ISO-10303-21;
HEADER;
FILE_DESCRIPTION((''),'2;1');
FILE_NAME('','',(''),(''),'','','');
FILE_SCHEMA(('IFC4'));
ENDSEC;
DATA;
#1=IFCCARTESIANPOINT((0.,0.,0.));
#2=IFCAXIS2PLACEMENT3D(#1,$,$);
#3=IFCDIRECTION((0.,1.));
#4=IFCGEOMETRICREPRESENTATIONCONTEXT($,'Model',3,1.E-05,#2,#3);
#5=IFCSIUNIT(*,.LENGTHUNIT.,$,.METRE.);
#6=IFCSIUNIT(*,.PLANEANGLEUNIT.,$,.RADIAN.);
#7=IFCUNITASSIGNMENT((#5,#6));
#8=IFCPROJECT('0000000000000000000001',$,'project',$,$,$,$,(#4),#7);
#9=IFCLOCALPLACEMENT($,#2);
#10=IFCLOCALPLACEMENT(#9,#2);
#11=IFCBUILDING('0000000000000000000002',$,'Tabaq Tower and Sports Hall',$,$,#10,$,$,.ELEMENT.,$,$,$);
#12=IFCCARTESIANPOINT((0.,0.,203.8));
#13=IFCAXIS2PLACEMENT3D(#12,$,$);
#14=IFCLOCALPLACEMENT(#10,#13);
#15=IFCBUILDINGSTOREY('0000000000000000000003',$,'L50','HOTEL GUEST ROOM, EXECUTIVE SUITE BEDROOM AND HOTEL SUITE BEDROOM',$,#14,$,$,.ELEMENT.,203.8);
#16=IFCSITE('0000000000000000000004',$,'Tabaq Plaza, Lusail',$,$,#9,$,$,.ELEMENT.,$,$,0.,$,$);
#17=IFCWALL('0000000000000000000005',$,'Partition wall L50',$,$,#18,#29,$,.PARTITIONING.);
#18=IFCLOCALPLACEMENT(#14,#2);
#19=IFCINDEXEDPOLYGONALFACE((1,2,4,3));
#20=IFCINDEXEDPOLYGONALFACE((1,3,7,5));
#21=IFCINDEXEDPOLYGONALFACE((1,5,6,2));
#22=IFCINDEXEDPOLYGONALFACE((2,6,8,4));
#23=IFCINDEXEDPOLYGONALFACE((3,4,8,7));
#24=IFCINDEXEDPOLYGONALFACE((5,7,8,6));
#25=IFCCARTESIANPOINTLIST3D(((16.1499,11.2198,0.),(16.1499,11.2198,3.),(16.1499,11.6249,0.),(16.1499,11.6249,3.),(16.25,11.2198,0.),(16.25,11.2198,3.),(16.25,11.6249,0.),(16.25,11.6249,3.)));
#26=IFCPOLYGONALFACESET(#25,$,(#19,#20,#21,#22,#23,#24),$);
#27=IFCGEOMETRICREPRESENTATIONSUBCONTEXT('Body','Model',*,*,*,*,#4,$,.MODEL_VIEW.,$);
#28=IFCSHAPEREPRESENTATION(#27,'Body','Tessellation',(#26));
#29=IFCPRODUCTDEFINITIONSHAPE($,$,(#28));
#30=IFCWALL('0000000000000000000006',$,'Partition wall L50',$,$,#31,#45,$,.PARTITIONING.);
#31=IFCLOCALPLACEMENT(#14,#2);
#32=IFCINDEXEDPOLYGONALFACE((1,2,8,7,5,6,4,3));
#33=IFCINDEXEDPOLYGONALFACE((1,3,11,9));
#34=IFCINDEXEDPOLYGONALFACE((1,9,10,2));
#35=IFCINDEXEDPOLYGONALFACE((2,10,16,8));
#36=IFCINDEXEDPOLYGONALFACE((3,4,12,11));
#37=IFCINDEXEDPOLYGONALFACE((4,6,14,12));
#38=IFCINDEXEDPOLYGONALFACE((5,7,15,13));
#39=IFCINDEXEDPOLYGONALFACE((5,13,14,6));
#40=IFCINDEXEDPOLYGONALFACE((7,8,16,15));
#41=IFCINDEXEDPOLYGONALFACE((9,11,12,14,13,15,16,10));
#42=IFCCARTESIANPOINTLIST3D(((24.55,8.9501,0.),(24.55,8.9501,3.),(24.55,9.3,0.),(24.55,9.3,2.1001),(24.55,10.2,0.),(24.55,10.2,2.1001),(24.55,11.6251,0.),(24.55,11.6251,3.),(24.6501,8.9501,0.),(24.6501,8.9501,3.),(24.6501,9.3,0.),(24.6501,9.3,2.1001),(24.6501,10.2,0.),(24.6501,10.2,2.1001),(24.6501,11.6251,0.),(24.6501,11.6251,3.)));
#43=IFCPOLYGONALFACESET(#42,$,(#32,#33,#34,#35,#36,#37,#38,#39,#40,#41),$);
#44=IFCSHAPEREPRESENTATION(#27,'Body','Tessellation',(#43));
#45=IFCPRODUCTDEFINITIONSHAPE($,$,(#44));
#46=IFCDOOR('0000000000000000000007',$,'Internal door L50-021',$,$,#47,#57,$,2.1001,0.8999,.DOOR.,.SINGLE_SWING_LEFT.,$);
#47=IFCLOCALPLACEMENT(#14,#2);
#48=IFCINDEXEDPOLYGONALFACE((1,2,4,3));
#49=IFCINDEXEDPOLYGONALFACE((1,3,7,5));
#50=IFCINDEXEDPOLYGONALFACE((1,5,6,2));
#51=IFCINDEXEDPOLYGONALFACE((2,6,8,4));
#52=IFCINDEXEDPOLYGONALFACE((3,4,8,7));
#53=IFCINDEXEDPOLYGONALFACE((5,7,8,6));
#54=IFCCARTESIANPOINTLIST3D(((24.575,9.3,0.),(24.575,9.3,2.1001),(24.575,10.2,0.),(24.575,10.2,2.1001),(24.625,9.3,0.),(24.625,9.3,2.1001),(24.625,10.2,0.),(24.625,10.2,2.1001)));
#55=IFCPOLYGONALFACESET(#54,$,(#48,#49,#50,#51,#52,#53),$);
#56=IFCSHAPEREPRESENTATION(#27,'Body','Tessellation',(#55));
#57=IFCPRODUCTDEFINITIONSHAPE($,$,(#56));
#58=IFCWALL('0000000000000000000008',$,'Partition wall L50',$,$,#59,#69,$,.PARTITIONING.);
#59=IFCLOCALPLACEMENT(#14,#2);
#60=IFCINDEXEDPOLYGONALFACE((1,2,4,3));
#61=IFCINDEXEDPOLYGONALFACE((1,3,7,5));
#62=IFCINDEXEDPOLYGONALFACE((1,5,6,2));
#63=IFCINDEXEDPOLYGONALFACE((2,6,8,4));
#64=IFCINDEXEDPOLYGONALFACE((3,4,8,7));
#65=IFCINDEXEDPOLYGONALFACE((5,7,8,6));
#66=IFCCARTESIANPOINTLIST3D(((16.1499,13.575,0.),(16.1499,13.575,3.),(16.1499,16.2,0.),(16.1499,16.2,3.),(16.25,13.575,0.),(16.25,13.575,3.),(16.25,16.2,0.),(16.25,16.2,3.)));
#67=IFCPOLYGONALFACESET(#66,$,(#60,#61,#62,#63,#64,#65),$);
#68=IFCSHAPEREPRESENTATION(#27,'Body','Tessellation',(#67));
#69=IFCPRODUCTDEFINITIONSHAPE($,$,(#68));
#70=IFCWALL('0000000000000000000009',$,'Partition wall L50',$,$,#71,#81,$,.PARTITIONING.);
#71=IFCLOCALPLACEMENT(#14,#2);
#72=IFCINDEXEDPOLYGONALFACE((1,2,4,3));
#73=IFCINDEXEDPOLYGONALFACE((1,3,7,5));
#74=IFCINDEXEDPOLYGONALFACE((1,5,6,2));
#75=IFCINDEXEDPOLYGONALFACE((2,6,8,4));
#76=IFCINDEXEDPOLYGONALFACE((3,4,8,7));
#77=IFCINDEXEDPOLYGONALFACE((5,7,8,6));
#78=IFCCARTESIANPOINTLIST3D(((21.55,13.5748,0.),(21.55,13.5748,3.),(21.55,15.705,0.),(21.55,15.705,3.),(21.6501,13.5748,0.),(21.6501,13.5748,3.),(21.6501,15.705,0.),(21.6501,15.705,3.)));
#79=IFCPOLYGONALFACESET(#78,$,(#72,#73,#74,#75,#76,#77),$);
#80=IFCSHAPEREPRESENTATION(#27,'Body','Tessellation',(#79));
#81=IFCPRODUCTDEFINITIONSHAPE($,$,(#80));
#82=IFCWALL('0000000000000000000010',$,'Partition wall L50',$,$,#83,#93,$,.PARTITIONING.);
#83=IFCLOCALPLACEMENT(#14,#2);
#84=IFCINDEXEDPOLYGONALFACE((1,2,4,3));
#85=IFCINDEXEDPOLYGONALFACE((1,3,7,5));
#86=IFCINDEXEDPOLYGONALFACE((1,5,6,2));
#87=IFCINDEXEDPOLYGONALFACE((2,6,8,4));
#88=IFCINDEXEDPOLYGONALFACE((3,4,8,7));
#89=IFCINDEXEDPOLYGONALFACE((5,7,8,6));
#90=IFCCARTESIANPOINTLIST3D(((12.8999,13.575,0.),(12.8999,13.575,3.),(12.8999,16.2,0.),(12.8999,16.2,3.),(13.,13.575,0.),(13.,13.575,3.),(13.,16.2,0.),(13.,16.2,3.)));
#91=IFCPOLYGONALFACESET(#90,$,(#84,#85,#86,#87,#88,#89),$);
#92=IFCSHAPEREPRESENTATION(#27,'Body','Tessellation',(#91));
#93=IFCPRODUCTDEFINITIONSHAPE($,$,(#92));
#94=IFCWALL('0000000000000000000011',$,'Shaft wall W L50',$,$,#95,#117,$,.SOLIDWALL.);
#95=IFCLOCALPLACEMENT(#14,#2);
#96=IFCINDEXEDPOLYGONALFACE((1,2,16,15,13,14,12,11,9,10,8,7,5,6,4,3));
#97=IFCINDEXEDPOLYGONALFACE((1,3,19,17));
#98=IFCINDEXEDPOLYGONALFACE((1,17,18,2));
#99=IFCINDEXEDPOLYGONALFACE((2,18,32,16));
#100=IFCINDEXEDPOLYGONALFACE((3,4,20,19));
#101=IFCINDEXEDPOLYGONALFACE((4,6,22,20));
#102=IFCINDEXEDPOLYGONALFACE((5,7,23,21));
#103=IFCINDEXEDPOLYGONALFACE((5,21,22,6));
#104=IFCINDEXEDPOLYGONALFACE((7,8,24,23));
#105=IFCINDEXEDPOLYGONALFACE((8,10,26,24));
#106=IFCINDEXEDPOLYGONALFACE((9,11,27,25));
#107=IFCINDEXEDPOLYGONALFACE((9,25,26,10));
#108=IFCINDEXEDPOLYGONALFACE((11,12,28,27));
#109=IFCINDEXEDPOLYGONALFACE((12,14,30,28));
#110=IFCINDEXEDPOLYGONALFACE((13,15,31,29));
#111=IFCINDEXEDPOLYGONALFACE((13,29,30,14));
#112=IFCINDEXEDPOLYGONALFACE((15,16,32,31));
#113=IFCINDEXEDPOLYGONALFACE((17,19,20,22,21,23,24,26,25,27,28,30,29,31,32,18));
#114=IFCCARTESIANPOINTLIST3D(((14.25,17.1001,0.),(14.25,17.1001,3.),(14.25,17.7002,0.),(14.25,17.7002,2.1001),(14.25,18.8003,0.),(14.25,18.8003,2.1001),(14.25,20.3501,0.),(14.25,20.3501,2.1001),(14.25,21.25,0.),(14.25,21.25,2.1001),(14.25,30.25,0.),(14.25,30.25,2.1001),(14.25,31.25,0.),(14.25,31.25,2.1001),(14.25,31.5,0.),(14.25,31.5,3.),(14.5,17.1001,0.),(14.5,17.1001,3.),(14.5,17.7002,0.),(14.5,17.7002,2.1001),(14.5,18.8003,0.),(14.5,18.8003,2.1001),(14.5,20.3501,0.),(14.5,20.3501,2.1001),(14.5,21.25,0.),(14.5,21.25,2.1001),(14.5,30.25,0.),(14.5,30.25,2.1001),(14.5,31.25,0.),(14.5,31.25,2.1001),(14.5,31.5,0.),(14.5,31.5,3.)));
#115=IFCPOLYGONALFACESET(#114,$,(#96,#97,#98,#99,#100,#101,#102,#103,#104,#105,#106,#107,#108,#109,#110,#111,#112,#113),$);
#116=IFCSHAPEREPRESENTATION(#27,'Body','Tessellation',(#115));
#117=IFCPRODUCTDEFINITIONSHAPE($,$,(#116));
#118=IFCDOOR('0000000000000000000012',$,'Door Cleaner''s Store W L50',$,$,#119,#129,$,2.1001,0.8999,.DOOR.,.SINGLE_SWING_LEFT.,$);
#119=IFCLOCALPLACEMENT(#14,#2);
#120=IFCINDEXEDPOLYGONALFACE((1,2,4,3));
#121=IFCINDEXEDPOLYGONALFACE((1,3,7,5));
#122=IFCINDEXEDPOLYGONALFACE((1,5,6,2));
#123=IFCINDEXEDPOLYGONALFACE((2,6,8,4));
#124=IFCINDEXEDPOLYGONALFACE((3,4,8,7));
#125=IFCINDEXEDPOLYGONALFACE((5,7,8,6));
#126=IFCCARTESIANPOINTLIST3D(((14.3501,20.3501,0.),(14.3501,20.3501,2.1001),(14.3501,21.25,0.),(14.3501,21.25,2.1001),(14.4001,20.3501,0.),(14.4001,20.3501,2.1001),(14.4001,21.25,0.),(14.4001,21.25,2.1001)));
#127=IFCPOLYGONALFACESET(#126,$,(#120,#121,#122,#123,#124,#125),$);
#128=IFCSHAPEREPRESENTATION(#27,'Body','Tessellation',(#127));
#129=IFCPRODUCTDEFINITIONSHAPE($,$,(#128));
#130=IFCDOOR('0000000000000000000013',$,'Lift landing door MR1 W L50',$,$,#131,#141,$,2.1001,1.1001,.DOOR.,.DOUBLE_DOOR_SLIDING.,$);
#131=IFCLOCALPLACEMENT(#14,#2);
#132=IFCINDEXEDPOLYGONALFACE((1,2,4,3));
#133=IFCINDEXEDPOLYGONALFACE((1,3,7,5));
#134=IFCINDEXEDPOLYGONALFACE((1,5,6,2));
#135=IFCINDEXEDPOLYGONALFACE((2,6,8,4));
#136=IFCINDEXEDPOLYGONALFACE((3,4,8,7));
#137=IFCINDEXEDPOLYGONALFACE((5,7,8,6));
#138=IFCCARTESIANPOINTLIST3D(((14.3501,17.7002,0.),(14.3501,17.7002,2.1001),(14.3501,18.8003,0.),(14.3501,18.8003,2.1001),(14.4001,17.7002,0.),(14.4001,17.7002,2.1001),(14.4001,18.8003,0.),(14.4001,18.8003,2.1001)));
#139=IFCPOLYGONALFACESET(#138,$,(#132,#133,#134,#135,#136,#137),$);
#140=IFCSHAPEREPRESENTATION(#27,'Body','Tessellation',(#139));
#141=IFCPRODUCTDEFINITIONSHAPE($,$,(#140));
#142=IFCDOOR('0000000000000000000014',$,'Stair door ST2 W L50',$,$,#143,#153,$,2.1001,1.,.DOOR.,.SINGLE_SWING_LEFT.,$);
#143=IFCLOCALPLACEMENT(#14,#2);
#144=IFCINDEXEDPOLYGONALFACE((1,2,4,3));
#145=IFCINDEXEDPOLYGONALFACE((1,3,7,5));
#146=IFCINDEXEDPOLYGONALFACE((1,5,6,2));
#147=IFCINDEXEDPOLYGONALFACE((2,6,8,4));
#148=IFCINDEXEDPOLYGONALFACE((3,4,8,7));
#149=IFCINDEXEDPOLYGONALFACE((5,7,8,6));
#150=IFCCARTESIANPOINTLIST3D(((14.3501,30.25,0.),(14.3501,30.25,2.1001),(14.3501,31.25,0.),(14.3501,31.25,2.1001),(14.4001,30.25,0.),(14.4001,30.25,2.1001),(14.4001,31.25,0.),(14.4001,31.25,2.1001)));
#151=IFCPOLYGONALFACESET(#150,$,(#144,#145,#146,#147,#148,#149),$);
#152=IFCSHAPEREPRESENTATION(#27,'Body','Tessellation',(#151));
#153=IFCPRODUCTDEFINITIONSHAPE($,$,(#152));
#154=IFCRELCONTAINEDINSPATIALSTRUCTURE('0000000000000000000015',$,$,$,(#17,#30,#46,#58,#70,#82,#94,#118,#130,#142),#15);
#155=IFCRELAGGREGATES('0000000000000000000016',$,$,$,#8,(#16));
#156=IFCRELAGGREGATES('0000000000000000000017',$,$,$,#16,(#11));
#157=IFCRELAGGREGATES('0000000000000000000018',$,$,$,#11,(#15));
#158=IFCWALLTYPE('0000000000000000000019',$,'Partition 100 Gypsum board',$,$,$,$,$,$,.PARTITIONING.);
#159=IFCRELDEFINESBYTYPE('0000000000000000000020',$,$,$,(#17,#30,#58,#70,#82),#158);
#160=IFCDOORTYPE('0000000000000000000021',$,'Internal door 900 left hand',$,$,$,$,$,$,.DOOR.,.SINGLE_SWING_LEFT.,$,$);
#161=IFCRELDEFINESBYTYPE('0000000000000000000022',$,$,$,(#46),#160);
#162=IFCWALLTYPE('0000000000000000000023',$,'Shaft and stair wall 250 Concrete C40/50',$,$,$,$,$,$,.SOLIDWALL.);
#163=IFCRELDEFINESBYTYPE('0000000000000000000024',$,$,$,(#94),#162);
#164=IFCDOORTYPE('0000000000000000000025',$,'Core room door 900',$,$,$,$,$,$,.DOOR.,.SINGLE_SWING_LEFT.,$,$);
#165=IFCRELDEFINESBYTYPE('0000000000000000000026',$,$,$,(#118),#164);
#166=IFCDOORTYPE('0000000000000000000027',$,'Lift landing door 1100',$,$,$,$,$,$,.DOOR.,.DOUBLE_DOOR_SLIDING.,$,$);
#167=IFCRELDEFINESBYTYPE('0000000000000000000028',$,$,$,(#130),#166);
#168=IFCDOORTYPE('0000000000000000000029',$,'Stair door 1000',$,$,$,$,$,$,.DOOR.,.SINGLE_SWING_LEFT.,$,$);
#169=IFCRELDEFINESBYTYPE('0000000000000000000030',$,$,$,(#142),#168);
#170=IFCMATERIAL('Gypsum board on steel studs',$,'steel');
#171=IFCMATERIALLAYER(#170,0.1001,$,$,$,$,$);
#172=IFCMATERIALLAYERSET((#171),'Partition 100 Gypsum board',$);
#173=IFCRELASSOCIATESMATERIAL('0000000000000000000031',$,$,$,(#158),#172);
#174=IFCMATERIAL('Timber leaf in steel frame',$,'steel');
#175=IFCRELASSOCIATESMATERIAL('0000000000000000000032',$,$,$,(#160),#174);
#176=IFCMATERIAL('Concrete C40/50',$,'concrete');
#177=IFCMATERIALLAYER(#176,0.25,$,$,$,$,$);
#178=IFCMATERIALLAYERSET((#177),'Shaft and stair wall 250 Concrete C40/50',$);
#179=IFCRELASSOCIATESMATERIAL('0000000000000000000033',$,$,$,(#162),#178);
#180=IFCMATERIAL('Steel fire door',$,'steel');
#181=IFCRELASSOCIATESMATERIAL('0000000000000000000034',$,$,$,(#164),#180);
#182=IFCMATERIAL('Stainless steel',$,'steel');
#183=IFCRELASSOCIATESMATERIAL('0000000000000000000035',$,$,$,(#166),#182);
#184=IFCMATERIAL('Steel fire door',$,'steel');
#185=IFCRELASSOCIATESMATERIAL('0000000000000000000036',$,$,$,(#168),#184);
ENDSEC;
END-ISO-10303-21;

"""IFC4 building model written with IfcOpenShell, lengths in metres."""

from ifc_helpers import new_model, si_unit, direction, frame, frame_2d, origin, place, context, subcontext, project, spatial, rectangle, extrude, material, layer, layer_set, type_object, element, fill, save


model = new_model("IFC4")

# Units and contexts
model_context = context("Model", 3, precision=1e-05, world=origin(), true_north=direction((0.0, 1.0)))
body_context = subcontext(model_context, "Body", "Model", "MODEL_VIEW")
ifc_project = project(units=[si_unit("LENGTHUNIT", "METRE"), si_unit("PLANEANGLEUNIT", "RADIAN")], contexts=[model_context])

# Site, building, storey
site_placement = place(None, origin())
site = spatial("IfcSite", under=ifc_project, at=site_placement, Name="Tabaq Plaza, Lusail", CompositionType="ELEMENT", RefElevation=0.0)
building_placement = place(site_placement, origin())
building = spatial("IfcBuilding", under=site, at=building_placement, Name="Tabaq Tower and Sports Hall", CompositionType="ELEMENT")
storey_placement = place(building_placement, frame((0.0, 0.0, 203.8)))
storey = spatial("IfcBuildingStorey", under=building, at=storey_placement, Name="L50", Description="HOTEL GUEST ROOM, EXECUTIVE SUITE BEDROOM AND HOTEL SUITE BEDROOM", CompositionType="ELEMENT", Elevation=203.8)

# Shared definitions
ifc_material_1 = material(Name="Gypsum board on steel studs", Category="steel")
ifc_layer_1 = layer(ifc_material_1, 0.1001)
ifc_layer_set_1 = layer_set([ifc_layer_1], Name="Partition 100 Gypsum board")
wall_type_1 = type_object("IfcWallType", Name="Partition 100 Gypsum board", PredefinedType="PARTITIONING", material=ifc_layer_set_1)

# Wall
wall_1_placement = place(storey_placement, frame((16.2, 11.625, 0.0), z_axis=(0.0, 0.0, 1.0), x_axis=(0.0, -1.0, 0.0)))
element("IfcWall", 1, at=wall_1_placement, inside=storey, type_object=wall_type_1, Name="Partition wall L50", PredefinedType="PARTITIONING", context=body_context, shape_type="SweptSolid", body=[
    extrude(rectangle(XDim=0.405, YDim=0.1001, at=frame_2d((0.2026, 0.0))), origin(), (0.0, 0.0, 1.0), 3.0),
])

# Wall, opening, door
wall_2_placement = place(storey_placement, frame((24.6001, 11.625, 0.0), z_axis=(0.0, 0.0, 1.0), x_axis=(0.0, -1.0, 0.0)))
wall_2 = element("IfcWall", 2, at=wall_2_placement, inside=storey, type_object=wall_type_1, Name="Partition wall L50", PredefinedType="PARTITIONING", context=body_context, shape_type="SweptSolid", body=[
    extrude(rectangle(XDim=2.675, YDim=0.1001, at=frame_2d((1.3374, 0.0))), origin(), (0.0, 0.0, 1.0), 3.0),
])
opening_1_placement = place(wall_2_placement, frame((1.425, 0.0, 0.0)))
opening_1 = element("IfcOpeningElement", 3, at=opening_1_placement, cuts=wall_2, PredefinedType="OPENING", context=body_context, shape_type="SweptSolid", body=[
    extrude(rectangle(XDim=0.8999, YDim=2.1001, at=frame_2d((0.45, 1.05))), frame((0.0, 0.05, 0.0), z_axis=(0.0, -1.0, 0.0), x_axis=(1.0, 0.0, 0.0)), (0.0, 0.0, 1.0), 0.1001),
])
ifc_material_2 = material(Name="Timber leaf in steel frame", Category="steel")
door_type_1 = type_object("IfcDoorType", Name="Internal door 900 left hand", OperationType="SINGLE_SWING_LEFT", PredefinedType="DOOR", material=ifc_material_2)
door_1_placement = place(opening_1_placement, origin())
door_1 = element("IfcDoor", 4, at=door_1_placement, inside=storey, type_object=door_type_1, Name="Internal door L50-021", OperationType="SINGLE_SWING_LEFT", OverallHeight=2.1001, OverallWidth=0.8999, PredefinedType="DOOR", context=body_context, shape_type="SweptSolid", body=[
    extrude(rectangle(XDim=0.8999, YDim=2.1001, at=frame_2d((0.45, 1.05))), frame((0.0, 0.0249, 0.0), z_axis=(0.0, -1.0, 0.0), x_axis=(1.0, 0.0, 0.0)), (0.0, 0.0, 1.0), 0.05),
])
fill(opening_1, door_1)

# Walls
wall_3_placement = place(storey_placement, frame((16.2, 16.2, 0.0), z_axis=(0.0, 0.0, 1.0), x_axis=(0.0, -1.0, 0.0)))
element("IfcWall", 5, at=wall_3_placement, inside=storey, type_object=wall_type_1, Name="Partition wall L50", PredefinedType="PARTITIONING", context=body_context, shape_type="SweptSolid", body=[
    extrude(rectangle(XDim=2.625, YDim=0.1001, at=frame_2d((1.3125, 0.0))), origin(), (0.0, 0.0, 1.0), 3.0),
])
wall_4_placement = place(storey_placement, frame((21.6001, 13.575, 0.0), z_axis=(0.0, 0.0, 1.0), x_axis=(0.0, 1.0, 0.0)))
element("IfcWall", 6, at=wall_4_placement, inside=storey, type_object=wall_type_1, Name="Partition wall L50", PredefinedType="PARTITIONING", context=body_context, shape_type="SweptSolid", body=[
    extrude(rectangle(XDim=2.1301, YDim=0.1001, at=frame_2d((1.0649, 0.0))), origin(), (0.0, 0.0, 1.0), 3.0),
])
wall_5_placement = place(storey_placement, frame((12.95, 13.575, 0.0), z_axis=(0.0, 0.0, 1.0), x_axis=(0.0, 1.0, 0.0)))
element("IfcWall", 7, at=wall_5_placement, inside=storey, type_object=wall_type_1, Name="Partition wall L50", PredefinedType="PARTITIONING", context=body_context, shape_type="SweptSolid", body=[
    extrude(rectangle(XDim=2.625, YDim=0.1001, at=frame_2d((1.3125, 0.0))), origin(), (0.0, 0.0, 1.0), 3.0),
])

# Wall, openings, doors
ifc_material_3 = material(Name="Concrete C40/50", Category="concrete")
ifc_layer_2 = layer(ifc_material_3, 0.25)
ifc_layer_set_2 = layer_set([ifc_layer_2], Name="Shaft and stair wall 250 Concrete C40/50")
wall_type_2 = type_object("IfcWallType", Name="Shaft and stair wall 250 Concrete C40/50", PredefinedType="SOLIDWALL", material=ifc_layer_set_2)
wall_6_placement = place(storey_placement, frame((14.375, 17.1001, 0.0), z_axis=(0.0, 0.0, 1.0), x_axis=(0.0, 1.0, 0.0)))
wall_6 = element("IfcWall", 8, at=wall_6_placement, inside=storey, type_object=wall_type_2, Name="Shaft wall W L50", PredefinedType="SOLIDWALL", context=body_context, shape_type="SweptSolid", body=[
    extrude(rectangle(XDim=14.3999, YDim=0.25, at=frame_2d((7.2, 0.0))), origin(), (0.0, 0.0, 1.0), 3.0),
])
opening_2_placement = place(wall_6_placement, frame((13.1499, 0.0, 0.0)))
opening_2 = element("IfcOpeningElement", 9, at=opening_2_placement, cuts=wall_6, PredefinedType="OPENING", context=body_context, shape_type="SweptSolid", body=[
    extrude(rectangle(XDim=1.0, YDim=2.1001, at=frame_2d((0.5, 1.05))), frame((0.0, 0.125, 0.0), z_axis=(0.0, -1.0, 0.0), x_axis=(1.0, 0.0, 0.0)), (0.0, 0.0, 1.0), 0.25),
])
opening_3_placement = place(wall_6_placement, frame((0.6001, 0.0, 0.0)))
opening_3 = element("IfcOpeningElement", 10, at=opening_3_placement, cuts=wall_6, PredefinedType="OPENING", context=body_context, shape_type="SweptSolid", body=[
    extrude(rectangle(XDim=1.1001, YDim=2.1001, at=frame_2d((0.55, 1.05))), frame((0.0, 0.125, 0.0), z_axis=(0.0, -1.0, 0.0), x_axis=(1.0, 0.0, 0.0)), (0.0, 0.0, 1.0), 0.25),
])
opening_4_placement = place(wall_6_placement, frame((3.25, 0.0, 0.0)))
opening_4 = element("IfcOpeningElement", 11, at=opening_4_placement, cuts=wall_6, PredefinedType="OPENING", context=body_context, shape_type="SweptSolid", body=[
    extrude(rectangle(XDim=0.8999, YDim=2.1001, at=frame_2d((0.45, 1.05))), frame((0.0, 0.125, 0.0), z_axis=(0.0, -1.0, 0.0), x_axis=(1.0, 0.0, 0.0)), (0.0, 0.0, 1.0), 0.25),
])
ifc_material_4 = material(Name="Steel fire door", Category="steel")
door_type_2 = type_object("IfcDoorType", Name="Core room door 900", OperationType="SINGLE_SWING_LEFT", PredefinedType="DOOR", material=ifc_material_4)
door_2_placement = place(opening_4_placement, origin())
door_2 = element("IfcDoor", 12, at=door_2_placement, inside=storey, type_object=door_type_2, Name="Door Cleaner's Store W L50", OperationType="SINGLE_SWING_LEFT", OverallHeight=2.1001, OverallWidth=0.8999, PredefinedType="DOOR", context=body_context, shape_type="SweptSolid", body=[
    extrude(rectangle(XDim=0.8999, YDim=2.1001, at=frame_2d((0.45, 1.05))), frame((0.0, 0.0249, 0.0), z_axis=(0.0, -1.0, 0.0), x_axis=(1.0, 0.0, 0.0)), (0.0, 0.0, 1.0), 0.05),
])
fill(opening_4, door_2)
ifc_material_5 = material(Name="Stainless steel", Category="steel")
door_type_3 = type_object("IfcDoorType", Name="Lift landing door 1100", OperationType="DOUBLE_DOOR_SLIDING", PredefinedType="DOOR", material=ifc_material_5)
door_3_placement = place(opening_3_placement, origin())
door_3 = element("IfcDoor", 13, at=door_3_placement, inside=storey, type_object=door_type_3, Name="Lift landing door MR1 W L50", OperationType="DOUBLE_DOOR_SLIDING", OverallHeight=2.1001, OverallWidth=1.1001, PredefinedType="DOOR", context=body_context, shape_type="SweptSolid", body=[
    extrude(rectangle(XDim=1.1001, YDim=2.1001, at=frame_2d((0.55, 1.05))), frame((0.0, 0.0249, 0.0), z_axis=(0.0, -1.0, 0.0), x_axis=(1.0, 0.0, 0.0)), (0.0, 0.0, 1.0), 0.05),
])
fill(opening_3, door_3)
ifc_material_6 = material(Name="Steel fire door", Category="steel")
door_type_4 = type_object("IfcDoorType", Name="Stair door 1000", OperationType="SINGLE_SWING_LEFT", PredefinedType="DOOR", material=ifc_material_6)
door_4_placement = place(opening_2_placement, origin())
door_4 = element("IfcDoor", 14, at=door_4_placement, inside=storey, type_object=door_type_4, Name="Stair door ST2 W L50", OperationType="SINGLE_SWING_LEFT", OverallHeight=2.1001, OverallWidth=1.0, PredefinedType="DOOR", context=body_context, shape_type="SweptSolid", body=[
    extrude(rectangle(XDim=1.0, YDim=2.1001, at=frame_2d((0.5, 1.05))), frame((0.0, 0.0249, 0.0), z_axis=(0.0, -1.0, 0.0), x_axis=(1.0, 0.0, 0.0)), (0.0, 0.0, 1.0), 0.05),
])
fill(opening_2, door_4)

save(model, "model.ifc")
